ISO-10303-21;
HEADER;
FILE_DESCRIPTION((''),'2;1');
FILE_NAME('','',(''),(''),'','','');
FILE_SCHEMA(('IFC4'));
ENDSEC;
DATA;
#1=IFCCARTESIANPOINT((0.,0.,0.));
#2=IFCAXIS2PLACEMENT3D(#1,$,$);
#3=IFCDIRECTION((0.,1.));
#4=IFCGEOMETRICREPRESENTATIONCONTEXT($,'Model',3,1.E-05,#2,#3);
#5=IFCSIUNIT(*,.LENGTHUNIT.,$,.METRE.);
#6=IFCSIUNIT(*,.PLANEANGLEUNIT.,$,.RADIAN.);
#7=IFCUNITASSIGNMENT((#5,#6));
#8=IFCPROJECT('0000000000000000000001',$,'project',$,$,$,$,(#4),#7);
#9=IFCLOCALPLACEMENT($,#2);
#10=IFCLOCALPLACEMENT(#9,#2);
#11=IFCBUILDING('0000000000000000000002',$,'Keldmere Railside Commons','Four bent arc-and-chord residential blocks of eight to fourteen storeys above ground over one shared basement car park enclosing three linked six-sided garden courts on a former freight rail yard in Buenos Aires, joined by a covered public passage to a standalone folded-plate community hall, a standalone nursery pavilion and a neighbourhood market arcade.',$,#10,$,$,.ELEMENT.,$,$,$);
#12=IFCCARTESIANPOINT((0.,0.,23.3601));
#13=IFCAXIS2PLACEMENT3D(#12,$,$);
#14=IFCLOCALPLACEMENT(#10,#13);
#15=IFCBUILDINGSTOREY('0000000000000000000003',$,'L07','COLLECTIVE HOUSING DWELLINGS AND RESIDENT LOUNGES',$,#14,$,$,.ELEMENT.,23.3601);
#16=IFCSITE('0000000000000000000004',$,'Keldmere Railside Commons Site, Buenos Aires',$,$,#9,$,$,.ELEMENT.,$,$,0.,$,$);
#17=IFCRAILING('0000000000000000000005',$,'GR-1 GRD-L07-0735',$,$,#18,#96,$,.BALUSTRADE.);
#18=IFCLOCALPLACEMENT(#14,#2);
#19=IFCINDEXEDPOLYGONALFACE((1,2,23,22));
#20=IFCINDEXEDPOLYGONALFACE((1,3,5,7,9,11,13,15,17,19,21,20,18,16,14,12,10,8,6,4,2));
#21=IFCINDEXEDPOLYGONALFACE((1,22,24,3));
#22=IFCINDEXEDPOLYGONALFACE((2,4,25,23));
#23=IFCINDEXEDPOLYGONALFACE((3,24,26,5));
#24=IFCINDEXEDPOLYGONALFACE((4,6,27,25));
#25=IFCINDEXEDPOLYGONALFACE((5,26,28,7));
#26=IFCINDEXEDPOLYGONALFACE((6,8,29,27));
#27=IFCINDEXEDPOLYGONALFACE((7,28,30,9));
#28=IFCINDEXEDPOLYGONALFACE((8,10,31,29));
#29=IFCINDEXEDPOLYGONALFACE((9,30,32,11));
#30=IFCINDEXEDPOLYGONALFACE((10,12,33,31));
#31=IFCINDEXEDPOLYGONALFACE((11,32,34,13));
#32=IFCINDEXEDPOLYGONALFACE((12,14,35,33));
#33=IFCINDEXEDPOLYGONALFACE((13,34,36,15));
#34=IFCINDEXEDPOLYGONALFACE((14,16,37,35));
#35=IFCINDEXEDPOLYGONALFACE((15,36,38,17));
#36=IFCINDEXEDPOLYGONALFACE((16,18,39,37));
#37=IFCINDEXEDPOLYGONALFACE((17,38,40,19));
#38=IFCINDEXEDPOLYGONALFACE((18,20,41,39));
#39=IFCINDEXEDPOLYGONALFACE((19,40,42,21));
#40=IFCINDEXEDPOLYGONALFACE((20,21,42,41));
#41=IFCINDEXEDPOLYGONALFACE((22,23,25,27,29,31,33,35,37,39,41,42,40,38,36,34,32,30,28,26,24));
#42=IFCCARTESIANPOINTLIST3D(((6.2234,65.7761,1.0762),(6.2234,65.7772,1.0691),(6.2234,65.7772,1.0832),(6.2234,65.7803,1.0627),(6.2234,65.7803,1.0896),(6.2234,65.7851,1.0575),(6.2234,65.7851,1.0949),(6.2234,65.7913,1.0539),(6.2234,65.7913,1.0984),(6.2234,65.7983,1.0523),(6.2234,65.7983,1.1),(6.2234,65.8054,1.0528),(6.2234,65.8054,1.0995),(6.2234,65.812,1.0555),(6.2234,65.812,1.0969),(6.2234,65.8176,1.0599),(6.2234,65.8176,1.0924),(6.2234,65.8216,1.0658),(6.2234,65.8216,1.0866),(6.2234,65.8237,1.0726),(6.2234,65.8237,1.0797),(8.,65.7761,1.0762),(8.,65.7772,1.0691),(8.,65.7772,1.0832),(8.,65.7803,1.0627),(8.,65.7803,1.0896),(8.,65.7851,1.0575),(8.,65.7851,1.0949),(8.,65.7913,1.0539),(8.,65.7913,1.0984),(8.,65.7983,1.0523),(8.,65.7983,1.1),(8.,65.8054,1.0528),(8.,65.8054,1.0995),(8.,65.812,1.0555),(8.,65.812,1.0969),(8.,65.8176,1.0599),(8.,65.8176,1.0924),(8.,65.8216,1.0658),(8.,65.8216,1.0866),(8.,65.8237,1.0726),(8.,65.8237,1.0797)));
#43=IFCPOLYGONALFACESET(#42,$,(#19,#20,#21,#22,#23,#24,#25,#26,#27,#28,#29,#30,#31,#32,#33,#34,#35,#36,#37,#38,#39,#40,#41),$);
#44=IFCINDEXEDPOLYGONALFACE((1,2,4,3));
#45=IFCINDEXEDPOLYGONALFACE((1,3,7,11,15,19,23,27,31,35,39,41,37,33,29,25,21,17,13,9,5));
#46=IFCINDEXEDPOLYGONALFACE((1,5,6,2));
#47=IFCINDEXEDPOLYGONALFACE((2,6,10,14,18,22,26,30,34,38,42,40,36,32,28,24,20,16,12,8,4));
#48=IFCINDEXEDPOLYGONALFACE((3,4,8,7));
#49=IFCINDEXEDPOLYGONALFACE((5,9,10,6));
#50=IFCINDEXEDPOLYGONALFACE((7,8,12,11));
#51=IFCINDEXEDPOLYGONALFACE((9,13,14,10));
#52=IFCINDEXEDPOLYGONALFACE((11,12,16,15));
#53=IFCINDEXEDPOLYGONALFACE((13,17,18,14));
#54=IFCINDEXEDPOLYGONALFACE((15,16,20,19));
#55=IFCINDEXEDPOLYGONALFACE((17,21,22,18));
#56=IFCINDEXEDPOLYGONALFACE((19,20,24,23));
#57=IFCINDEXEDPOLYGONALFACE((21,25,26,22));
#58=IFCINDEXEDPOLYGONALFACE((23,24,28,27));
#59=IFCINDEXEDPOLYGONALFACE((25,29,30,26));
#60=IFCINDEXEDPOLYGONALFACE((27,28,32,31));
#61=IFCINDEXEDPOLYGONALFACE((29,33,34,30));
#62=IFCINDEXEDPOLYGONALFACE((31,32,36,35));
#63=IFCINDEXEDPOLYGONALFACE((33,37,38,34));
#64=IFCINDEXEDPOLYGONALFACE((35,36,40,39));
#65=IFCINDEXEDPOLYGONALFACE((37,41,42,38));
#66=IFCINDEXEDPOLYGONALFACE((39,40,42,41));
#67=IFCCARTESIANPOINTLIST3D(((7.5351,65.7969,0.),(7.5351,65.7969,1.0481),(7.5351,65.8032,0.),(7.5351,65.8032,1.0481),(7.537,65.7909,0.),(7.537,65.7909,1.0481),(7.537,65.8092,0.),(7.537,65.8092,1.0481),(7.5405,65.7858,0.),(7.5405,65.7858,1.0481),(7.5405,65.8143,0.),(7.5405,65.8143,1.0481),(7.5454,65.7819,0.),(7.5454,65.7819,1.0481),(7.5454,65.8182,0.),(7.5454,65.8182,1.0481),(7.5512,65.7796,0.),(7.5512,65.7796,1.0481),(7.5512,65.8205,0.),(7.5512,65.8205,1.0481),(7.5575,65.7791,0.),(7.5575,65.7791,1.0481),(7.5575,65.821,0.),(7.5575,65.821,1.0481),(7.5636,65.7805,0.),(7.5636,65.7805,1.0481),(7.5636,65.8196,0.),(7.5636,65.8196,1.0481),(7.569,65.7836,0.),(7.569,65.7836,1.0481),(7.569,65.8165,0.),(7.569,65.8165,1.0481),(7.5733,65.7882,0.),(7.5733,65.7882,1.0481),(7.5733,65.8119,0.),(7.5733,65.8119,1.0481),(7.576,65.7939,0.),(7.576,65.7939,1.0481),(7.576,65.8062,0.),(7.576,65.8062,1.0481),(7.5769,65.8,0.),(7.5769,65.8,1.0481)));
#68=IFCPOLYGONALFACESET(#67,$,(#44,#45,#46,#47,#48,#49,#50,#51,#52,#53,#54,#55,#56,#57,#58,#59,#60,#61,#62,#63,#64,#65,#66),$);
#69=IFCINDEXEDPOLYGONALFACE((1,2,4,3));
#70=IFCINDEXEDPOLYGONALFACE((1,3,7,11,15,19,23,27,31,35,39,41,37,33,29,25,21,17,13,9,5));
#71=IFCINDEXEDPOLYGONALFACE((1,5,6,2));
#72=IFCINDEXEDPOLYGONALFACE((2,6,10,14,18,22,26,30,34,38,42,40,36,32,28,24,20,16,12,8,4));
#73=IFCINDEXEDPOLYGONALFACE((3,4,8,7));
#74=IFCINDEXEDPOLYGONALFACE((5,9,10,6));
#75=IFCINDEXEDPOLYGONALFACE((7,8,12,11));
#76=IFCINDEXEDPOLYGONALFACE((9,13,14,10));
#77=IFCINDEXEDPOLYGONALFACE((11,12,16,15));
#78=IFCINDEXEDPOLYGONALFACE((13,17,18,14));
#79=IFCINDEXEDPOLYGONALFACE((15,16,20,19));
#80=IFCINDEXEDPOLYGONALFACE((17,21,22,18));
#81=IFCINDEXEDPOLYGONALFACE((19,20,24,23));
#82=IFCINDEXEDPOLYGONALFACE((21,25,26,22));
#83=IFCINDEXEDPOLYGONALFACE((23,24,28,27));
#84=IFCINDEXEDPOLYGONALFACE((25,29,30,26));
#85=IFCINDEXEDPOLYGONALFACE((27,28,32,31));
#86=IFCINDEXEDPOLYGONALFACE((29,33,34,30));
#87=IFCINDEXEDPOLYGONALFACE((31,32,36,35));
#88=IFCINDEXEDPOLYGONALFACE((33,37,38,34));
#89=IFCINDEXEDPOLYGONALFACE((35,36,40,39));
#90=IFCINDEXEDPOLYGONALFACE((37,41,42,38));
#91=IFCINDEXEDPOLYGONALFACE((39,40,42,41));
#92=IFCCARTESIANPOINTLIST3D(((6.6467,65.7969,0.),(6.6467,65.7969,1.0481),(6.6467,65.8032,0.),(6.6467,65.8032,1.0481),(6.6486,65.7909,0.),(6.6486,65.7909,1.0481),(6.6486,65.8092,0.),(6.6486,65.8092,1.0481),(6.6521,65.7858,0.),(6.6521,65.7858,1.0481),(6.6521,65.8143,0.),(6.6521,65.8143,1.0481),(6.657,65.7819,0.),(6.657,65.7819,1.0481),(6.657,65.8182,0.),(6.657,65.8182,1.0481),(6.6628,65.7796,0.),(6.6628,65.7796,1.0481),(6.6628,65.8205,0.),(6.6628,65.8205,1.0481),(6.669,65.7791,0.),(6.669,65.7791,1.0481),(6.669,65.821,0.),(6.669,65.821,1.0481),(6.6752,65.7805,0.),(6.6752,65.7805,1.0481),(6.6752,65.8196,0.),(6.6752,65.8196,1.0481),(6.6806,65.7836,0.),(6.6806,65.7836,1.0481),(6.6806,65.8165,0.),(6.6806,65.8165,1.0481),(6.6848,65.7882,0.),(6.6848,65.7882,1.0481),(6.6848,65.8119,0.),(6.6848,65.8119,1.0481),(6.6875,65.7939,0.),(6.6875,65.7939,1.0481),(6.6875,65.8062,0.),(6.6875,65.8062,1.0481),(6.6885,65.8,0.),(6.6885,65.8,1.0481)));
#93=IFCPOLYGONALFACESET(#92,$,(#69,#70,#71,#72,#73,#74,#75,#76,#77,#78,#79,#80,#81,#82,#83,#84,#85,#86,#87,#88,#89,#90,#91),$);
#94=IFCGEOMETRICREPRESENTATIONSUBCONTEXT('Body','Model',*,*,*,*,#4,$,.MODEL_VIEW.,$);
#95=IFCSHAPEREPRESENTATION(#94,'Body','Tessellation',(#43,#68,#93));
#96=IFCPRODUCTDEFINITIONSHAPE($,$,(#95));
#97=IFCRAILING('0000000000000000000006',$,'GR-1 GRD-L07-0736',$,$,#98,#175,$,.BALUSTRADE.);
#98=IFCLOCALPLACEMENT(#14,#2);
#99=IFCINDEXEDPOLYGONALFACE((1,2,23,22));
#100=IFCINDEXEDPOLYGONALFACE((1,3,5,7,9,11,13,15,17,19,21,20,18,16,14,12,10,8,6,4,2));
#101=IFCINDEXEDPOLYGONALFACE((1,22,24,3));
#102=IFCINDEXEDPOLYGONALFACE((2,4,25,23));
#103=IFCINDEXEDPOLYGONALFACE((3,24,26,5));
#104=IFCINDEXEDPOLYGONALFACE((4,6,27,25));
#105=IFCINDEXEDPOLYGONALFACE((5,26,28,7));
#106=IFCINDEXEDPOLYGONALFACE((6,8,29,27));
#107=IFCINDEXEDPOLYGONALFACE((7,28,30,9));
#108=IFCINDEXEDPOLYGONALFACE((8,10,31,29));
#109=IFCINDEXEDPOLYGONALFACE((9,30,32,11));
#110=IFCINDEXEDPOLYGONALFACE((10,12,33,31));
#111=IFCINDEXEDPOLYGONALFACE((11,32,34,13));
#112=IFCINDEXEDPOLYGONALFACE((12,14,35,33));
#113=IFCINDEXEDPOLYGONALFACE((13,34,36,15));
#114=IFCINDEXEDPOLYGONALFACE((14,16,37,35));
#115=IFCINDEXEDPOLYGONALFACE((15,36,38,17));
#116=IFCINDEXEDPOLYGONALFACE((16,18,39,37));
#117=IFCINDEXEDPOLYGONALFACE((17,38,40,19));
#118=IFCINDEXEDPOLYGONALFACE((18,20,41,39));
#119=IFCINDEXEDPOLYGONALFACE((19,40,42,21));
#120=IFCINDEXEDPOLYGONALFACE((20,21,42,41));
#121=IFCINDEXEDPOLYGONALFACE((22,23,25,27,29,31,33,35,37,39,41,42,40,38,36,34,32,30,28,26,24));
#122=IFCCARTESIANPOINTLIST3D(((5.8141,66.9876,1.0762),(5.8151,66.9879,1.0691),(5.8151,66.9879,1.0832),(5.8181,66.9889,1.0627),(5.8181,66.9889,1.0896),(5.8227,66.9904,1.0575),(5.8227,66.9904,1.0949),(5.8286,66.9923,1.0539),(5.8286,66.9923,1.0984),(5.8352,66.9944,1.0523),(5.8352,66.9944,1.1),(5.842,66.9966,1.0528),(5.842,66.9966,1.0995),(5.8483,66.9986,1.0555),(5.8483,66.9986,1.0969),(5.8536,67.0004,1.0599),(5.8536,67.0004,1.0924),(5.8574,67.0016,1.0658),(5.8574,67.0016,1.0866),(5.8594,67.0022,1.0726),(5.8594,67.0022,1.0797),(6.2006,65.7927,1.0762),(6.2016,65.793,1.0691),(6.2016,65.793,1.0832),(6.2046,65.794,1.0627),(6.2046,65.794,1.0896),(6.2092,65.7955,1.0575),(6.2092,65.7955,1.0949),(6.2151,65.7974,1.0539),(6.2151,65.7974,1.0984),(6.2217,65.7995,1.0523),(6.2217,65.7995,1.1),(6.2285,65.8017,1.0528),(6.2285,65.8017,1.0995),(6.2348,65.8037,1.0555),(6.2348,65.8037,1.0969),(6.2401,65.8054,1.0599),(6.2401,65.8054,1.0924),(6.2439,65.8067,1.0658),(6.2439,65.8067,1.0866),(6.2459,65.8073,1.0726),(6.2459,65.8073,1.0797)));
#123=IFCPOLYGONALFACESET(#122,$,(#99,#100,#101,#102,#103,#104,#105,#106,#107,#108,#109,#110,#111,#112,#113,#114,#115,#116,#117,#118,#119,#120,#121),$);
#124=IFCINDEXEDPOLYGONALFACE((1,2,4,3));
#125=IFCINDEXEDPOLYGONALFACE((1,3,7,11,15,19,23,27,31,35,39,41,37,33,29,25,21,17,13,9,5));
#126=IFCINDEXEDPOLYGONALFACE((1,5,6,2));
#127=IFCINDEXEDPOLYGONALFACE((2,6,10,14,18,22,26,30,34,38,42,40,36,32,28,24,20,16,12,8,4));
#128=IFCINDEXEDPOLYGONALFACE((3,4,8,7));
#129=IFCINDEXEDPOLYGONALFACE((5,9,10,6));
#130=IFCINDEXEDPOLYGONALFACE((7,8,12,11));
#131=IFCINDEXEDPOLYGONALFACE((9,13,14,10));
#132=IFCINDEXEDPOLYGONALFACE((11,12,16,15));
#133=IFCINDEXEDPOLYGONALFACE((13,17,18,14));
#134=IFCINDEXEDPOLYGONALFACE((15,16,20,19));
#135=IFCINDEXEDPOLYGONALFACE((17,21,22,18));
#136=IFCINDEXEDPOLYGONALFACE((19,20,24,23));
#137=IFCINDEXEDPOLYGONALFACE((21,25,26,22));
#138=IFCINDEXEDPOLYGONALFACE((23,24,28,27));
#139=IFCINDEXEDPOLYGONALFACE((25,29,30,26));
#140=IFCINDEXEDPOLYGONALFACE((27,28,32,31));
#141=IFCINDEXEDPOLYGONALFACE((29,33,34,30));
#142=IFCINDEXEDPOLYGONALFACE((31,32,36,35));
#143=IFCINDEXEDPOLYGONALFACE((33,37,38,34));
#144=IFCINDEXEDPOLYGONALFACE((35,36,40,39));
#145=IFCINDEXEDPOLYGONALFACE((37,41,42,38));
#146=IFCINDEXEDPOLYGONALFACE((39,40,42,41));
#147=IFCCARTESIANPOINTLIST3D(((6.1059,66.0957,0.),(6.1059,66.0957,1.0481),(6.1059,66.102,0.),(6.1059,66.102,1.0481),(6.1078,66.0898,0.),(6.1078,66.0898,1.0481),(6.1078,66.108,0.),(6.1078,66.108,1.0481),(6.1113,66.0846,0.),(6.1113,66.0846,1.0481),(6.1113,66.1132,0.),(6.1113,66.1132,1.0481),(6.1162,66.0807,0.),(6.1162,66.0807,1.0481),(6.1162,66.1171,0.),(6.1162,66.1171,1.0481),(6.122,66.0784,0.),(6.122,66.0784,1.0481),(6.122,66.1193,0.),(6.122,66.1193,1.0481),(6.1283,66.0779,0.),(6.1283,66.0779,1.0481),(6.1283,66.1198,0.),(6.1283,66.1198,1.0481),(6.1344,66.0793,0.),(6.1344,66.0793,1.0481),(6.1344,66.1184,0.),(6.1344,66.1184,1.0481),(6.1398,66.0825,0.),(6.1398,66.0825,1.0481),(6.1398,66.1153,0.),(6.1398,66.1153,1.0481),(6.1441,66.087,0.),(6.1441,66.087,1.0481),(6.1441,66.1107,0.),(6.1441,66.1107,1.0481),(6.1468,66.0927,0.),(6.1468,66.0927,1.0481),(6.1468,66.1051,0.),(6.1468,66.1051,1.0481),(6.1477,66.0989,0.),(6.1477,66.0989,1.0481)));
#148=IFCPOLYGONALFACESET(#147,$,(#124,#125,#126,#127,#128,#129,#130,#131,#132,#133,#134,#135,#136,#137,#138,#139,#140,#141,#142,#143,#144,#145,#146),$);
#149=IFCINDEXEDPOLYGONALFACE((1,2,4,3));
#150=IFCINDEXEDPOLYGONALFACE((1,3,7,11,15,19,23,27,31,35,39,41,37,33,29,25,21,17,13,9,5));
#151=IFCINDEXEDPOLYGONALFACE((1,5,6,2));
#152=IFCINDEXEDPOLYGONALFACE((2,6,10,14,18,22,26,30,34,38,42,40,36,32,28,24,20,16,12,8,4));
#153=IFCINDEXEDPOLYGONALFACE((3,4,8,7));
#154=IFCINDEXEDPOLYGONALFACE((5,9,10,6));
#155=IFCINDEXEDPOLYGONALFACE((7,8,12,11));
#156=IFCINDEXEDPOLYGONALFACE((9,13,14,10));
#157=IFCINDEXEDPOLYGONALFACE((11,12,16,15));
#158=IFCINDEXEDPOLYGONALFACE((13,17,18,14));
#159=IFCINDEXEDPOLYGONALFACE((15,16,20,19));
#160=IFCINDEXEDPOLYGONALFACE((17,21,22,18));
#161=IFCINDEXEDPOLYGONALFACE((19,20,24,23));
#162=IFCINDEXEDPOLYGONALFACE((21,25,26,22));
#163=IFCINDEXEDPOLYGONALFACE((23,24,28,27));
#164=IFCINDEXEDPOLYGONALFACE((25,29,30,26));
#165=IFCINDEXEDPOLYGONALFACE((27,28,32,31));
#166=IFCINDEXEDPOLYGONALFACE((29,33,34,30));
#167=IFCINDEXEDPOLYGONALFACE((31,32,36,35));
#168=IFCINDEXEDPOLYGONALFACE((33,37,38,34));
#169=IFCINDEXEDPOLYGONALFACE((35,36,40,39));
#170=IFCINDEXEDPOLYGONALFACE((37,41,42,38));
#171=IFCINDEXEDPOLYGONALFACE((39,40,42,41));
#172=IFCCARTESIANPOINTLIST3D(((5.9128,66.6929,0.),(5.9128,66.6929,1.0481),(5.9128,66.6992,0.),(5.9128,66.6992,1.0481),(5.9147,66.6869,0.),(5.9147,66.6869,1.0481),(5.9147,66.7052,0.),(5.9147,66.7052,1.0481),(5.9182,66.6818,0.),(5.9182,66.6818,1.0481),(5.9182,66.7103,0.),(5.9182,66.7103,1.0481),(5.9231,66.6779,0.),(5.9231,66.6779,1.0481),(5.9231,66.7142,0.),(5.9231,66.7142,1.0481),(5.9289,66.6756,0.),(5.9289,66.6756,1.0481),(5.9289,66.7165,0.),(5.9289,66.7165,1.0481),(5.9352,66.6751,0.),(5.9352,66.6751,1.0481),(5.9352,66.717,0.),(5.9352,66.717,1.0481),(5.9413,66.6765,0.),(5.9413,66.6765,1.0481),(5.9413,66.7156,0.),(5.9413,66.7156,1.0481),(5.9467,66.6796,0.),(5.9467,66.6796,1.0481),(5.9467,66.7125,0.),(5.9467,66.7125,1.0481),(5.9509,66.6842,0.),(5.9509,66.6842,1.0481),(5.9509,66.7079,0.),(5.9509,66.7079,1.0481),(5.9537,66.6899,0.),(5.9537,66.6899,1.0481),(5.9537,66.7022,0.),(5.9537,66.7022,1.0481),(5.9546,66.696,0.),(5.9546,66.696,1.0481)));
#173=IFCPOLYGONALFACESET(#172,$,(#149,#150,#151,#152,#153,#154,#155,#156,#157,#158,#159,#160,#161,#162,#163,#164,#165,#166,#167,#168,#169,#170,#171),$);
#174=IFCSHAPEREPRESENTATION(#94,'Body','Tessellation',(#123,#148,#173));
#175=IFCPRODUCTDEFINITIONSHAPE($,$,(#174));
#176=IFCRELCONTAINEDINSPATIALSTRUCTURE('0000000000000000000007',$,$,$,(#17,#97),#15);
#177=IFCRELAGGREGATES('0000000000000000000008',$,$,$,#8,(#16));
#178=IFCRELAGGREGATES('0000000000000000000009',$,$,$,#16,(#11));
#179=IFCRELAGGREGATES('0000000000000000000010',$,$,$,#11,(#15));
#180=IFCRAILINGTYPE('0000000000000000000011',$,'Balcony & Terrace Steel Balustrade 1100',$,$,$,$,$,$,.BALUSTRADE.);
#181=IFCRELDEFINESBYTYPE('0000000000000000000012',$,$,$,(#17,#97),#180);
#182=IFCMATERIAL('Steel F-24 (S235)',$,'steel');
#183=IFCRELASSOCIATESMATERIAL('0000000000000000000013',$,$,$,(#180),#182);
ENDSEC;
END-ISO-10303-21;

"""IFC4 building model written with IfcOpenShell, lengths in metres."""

from ifc_helpers import new_model, si_unit, direction, frame, origin, origin_2d, place, context, subcontext, project, spatial, circle, extrude, material, type_object, element, save


model = new_model("IFC4")

# Units and contexts
model_context = context("Model", 3, precision=1e-05, world=origin(), true_north=direction((0.0, 1.0)))
body_context = subcontext(model_context, "Body", "Model", "MODEL_VIEW")
ifc_project = project(units=[si_unit("LENGTHUNIT", "METRE"), si_unit("PLANEANGLEUNIT", "RADIAN")], contexts=[model_context])

# Site, building, storey
site_placement = place(None, origin())
site = spatial("IfcSite", under=ifc_project, at=site_placement, Name="Keldmere Railside Commons Site, Buenos Aires", CompositionType="ELEMENT", RefElevation=0.0)
building_placement = place(site_placement, origin())
building = spatial("IfcBuilding", under=site, at=building_placement, Name="Keldmere Railside Commons", Description="Four bent arc-and-chord residential blocks of eight to fourteen storeys above ground over one shared basement car park enclosing three linked six-sided garden courts on a former freight rail yard in Buenos Aires, joined by a covered public passage to a standalone folded-plate community hall, a standalone nursery pavilion and a neighbourhood market arcade.", CompositionType="ELEMENT")
storey_placement = place(building_placement, frame((0.0, 0.0, 23.3601)))
storey = spatial("IfcBuildingStorey", under=building, at=storey_placement, Name="L07", Description="COLLECTIVE HOUSING DWELLINGS AND RESIDENT LOUNGES", CompositionType="ELEMENT", Elevation=23.3601)

# Shared definitions
ifc_material_1 = material(Name="Steel F-24 (S235)", Category="steel")

# Railings
railing_type_1 = type_object("IfcRailingType", Name="Balcony & Terrace Steel Balustrade 1100", PredefinedType="BALUSTRADE", material=ifc_material_1)
railing_1_placement = place(storey_placement, frame((8.0, 65.8, 0.0)))
element("IfcRailing", 1, at=railing_1_placement, inside=storey, type_object=railing_type_1, Name="GR-1 GRD-L07-0735", PredefinedType="BALUSTRADE", context=body_context, shape_type="SweptSolid", body=[
    extrude(circle(Radius=0.0239, at=origin_2d()), frame((0.0, 0.0, 1.0762), z_axis=(-1.0, 0.0, 0.0), x_axis=(0.0, -1.0, 0.0)), (0.0, 0.0, 1.0), 1.7766),
    extrude(circle(Radius=0.021, at=origin_2d()), frame((-0.4441, 0.0, 0.0)), (0.0, 0.0, 1.0), 1.0481),
    extrude(circle(Radius=0.021, at=origin_2d()), frame((-1.3325, 0.0, 0.0)), (0.0, 0.0, 1.0), 1.0481),
])
railing_2_placement = place(storey_placement, frame((6.2234, 65.8, 0.0)))
element("IfcRailing", 2, at=railing_2_placement, inside=storey, type_object=railing_type_1, Name="GR-1 GRD-L07-0736", PredefinedType="BALUSTRADE", context=body_context, shape_type="SweptSolid", body=[
    extrude(circle(Radius=0.0239, at=origin_2d()), frame((0.0, 0.0, 1.0762), z_axis=(-0.307758, 0.951465, 0.0), x_axis=(-0.951465, -0.307758, 0.0)), (0.0, 0.0, 1.0), 1.2559),
    extrude(circle(Radius=0.021, at=origin_2d()), frame((-0.0967, 0.2988, 0.0)), (0.0, 0.0, 1.0), 1.0481),
    extrude(circle(Radius=0.021, at=origin_2d()), frame((-0.2898, 0.896, 0.0)), (0.0, 0.0, 1.0), 1.0481),
])

save(model, "model.ifc")
